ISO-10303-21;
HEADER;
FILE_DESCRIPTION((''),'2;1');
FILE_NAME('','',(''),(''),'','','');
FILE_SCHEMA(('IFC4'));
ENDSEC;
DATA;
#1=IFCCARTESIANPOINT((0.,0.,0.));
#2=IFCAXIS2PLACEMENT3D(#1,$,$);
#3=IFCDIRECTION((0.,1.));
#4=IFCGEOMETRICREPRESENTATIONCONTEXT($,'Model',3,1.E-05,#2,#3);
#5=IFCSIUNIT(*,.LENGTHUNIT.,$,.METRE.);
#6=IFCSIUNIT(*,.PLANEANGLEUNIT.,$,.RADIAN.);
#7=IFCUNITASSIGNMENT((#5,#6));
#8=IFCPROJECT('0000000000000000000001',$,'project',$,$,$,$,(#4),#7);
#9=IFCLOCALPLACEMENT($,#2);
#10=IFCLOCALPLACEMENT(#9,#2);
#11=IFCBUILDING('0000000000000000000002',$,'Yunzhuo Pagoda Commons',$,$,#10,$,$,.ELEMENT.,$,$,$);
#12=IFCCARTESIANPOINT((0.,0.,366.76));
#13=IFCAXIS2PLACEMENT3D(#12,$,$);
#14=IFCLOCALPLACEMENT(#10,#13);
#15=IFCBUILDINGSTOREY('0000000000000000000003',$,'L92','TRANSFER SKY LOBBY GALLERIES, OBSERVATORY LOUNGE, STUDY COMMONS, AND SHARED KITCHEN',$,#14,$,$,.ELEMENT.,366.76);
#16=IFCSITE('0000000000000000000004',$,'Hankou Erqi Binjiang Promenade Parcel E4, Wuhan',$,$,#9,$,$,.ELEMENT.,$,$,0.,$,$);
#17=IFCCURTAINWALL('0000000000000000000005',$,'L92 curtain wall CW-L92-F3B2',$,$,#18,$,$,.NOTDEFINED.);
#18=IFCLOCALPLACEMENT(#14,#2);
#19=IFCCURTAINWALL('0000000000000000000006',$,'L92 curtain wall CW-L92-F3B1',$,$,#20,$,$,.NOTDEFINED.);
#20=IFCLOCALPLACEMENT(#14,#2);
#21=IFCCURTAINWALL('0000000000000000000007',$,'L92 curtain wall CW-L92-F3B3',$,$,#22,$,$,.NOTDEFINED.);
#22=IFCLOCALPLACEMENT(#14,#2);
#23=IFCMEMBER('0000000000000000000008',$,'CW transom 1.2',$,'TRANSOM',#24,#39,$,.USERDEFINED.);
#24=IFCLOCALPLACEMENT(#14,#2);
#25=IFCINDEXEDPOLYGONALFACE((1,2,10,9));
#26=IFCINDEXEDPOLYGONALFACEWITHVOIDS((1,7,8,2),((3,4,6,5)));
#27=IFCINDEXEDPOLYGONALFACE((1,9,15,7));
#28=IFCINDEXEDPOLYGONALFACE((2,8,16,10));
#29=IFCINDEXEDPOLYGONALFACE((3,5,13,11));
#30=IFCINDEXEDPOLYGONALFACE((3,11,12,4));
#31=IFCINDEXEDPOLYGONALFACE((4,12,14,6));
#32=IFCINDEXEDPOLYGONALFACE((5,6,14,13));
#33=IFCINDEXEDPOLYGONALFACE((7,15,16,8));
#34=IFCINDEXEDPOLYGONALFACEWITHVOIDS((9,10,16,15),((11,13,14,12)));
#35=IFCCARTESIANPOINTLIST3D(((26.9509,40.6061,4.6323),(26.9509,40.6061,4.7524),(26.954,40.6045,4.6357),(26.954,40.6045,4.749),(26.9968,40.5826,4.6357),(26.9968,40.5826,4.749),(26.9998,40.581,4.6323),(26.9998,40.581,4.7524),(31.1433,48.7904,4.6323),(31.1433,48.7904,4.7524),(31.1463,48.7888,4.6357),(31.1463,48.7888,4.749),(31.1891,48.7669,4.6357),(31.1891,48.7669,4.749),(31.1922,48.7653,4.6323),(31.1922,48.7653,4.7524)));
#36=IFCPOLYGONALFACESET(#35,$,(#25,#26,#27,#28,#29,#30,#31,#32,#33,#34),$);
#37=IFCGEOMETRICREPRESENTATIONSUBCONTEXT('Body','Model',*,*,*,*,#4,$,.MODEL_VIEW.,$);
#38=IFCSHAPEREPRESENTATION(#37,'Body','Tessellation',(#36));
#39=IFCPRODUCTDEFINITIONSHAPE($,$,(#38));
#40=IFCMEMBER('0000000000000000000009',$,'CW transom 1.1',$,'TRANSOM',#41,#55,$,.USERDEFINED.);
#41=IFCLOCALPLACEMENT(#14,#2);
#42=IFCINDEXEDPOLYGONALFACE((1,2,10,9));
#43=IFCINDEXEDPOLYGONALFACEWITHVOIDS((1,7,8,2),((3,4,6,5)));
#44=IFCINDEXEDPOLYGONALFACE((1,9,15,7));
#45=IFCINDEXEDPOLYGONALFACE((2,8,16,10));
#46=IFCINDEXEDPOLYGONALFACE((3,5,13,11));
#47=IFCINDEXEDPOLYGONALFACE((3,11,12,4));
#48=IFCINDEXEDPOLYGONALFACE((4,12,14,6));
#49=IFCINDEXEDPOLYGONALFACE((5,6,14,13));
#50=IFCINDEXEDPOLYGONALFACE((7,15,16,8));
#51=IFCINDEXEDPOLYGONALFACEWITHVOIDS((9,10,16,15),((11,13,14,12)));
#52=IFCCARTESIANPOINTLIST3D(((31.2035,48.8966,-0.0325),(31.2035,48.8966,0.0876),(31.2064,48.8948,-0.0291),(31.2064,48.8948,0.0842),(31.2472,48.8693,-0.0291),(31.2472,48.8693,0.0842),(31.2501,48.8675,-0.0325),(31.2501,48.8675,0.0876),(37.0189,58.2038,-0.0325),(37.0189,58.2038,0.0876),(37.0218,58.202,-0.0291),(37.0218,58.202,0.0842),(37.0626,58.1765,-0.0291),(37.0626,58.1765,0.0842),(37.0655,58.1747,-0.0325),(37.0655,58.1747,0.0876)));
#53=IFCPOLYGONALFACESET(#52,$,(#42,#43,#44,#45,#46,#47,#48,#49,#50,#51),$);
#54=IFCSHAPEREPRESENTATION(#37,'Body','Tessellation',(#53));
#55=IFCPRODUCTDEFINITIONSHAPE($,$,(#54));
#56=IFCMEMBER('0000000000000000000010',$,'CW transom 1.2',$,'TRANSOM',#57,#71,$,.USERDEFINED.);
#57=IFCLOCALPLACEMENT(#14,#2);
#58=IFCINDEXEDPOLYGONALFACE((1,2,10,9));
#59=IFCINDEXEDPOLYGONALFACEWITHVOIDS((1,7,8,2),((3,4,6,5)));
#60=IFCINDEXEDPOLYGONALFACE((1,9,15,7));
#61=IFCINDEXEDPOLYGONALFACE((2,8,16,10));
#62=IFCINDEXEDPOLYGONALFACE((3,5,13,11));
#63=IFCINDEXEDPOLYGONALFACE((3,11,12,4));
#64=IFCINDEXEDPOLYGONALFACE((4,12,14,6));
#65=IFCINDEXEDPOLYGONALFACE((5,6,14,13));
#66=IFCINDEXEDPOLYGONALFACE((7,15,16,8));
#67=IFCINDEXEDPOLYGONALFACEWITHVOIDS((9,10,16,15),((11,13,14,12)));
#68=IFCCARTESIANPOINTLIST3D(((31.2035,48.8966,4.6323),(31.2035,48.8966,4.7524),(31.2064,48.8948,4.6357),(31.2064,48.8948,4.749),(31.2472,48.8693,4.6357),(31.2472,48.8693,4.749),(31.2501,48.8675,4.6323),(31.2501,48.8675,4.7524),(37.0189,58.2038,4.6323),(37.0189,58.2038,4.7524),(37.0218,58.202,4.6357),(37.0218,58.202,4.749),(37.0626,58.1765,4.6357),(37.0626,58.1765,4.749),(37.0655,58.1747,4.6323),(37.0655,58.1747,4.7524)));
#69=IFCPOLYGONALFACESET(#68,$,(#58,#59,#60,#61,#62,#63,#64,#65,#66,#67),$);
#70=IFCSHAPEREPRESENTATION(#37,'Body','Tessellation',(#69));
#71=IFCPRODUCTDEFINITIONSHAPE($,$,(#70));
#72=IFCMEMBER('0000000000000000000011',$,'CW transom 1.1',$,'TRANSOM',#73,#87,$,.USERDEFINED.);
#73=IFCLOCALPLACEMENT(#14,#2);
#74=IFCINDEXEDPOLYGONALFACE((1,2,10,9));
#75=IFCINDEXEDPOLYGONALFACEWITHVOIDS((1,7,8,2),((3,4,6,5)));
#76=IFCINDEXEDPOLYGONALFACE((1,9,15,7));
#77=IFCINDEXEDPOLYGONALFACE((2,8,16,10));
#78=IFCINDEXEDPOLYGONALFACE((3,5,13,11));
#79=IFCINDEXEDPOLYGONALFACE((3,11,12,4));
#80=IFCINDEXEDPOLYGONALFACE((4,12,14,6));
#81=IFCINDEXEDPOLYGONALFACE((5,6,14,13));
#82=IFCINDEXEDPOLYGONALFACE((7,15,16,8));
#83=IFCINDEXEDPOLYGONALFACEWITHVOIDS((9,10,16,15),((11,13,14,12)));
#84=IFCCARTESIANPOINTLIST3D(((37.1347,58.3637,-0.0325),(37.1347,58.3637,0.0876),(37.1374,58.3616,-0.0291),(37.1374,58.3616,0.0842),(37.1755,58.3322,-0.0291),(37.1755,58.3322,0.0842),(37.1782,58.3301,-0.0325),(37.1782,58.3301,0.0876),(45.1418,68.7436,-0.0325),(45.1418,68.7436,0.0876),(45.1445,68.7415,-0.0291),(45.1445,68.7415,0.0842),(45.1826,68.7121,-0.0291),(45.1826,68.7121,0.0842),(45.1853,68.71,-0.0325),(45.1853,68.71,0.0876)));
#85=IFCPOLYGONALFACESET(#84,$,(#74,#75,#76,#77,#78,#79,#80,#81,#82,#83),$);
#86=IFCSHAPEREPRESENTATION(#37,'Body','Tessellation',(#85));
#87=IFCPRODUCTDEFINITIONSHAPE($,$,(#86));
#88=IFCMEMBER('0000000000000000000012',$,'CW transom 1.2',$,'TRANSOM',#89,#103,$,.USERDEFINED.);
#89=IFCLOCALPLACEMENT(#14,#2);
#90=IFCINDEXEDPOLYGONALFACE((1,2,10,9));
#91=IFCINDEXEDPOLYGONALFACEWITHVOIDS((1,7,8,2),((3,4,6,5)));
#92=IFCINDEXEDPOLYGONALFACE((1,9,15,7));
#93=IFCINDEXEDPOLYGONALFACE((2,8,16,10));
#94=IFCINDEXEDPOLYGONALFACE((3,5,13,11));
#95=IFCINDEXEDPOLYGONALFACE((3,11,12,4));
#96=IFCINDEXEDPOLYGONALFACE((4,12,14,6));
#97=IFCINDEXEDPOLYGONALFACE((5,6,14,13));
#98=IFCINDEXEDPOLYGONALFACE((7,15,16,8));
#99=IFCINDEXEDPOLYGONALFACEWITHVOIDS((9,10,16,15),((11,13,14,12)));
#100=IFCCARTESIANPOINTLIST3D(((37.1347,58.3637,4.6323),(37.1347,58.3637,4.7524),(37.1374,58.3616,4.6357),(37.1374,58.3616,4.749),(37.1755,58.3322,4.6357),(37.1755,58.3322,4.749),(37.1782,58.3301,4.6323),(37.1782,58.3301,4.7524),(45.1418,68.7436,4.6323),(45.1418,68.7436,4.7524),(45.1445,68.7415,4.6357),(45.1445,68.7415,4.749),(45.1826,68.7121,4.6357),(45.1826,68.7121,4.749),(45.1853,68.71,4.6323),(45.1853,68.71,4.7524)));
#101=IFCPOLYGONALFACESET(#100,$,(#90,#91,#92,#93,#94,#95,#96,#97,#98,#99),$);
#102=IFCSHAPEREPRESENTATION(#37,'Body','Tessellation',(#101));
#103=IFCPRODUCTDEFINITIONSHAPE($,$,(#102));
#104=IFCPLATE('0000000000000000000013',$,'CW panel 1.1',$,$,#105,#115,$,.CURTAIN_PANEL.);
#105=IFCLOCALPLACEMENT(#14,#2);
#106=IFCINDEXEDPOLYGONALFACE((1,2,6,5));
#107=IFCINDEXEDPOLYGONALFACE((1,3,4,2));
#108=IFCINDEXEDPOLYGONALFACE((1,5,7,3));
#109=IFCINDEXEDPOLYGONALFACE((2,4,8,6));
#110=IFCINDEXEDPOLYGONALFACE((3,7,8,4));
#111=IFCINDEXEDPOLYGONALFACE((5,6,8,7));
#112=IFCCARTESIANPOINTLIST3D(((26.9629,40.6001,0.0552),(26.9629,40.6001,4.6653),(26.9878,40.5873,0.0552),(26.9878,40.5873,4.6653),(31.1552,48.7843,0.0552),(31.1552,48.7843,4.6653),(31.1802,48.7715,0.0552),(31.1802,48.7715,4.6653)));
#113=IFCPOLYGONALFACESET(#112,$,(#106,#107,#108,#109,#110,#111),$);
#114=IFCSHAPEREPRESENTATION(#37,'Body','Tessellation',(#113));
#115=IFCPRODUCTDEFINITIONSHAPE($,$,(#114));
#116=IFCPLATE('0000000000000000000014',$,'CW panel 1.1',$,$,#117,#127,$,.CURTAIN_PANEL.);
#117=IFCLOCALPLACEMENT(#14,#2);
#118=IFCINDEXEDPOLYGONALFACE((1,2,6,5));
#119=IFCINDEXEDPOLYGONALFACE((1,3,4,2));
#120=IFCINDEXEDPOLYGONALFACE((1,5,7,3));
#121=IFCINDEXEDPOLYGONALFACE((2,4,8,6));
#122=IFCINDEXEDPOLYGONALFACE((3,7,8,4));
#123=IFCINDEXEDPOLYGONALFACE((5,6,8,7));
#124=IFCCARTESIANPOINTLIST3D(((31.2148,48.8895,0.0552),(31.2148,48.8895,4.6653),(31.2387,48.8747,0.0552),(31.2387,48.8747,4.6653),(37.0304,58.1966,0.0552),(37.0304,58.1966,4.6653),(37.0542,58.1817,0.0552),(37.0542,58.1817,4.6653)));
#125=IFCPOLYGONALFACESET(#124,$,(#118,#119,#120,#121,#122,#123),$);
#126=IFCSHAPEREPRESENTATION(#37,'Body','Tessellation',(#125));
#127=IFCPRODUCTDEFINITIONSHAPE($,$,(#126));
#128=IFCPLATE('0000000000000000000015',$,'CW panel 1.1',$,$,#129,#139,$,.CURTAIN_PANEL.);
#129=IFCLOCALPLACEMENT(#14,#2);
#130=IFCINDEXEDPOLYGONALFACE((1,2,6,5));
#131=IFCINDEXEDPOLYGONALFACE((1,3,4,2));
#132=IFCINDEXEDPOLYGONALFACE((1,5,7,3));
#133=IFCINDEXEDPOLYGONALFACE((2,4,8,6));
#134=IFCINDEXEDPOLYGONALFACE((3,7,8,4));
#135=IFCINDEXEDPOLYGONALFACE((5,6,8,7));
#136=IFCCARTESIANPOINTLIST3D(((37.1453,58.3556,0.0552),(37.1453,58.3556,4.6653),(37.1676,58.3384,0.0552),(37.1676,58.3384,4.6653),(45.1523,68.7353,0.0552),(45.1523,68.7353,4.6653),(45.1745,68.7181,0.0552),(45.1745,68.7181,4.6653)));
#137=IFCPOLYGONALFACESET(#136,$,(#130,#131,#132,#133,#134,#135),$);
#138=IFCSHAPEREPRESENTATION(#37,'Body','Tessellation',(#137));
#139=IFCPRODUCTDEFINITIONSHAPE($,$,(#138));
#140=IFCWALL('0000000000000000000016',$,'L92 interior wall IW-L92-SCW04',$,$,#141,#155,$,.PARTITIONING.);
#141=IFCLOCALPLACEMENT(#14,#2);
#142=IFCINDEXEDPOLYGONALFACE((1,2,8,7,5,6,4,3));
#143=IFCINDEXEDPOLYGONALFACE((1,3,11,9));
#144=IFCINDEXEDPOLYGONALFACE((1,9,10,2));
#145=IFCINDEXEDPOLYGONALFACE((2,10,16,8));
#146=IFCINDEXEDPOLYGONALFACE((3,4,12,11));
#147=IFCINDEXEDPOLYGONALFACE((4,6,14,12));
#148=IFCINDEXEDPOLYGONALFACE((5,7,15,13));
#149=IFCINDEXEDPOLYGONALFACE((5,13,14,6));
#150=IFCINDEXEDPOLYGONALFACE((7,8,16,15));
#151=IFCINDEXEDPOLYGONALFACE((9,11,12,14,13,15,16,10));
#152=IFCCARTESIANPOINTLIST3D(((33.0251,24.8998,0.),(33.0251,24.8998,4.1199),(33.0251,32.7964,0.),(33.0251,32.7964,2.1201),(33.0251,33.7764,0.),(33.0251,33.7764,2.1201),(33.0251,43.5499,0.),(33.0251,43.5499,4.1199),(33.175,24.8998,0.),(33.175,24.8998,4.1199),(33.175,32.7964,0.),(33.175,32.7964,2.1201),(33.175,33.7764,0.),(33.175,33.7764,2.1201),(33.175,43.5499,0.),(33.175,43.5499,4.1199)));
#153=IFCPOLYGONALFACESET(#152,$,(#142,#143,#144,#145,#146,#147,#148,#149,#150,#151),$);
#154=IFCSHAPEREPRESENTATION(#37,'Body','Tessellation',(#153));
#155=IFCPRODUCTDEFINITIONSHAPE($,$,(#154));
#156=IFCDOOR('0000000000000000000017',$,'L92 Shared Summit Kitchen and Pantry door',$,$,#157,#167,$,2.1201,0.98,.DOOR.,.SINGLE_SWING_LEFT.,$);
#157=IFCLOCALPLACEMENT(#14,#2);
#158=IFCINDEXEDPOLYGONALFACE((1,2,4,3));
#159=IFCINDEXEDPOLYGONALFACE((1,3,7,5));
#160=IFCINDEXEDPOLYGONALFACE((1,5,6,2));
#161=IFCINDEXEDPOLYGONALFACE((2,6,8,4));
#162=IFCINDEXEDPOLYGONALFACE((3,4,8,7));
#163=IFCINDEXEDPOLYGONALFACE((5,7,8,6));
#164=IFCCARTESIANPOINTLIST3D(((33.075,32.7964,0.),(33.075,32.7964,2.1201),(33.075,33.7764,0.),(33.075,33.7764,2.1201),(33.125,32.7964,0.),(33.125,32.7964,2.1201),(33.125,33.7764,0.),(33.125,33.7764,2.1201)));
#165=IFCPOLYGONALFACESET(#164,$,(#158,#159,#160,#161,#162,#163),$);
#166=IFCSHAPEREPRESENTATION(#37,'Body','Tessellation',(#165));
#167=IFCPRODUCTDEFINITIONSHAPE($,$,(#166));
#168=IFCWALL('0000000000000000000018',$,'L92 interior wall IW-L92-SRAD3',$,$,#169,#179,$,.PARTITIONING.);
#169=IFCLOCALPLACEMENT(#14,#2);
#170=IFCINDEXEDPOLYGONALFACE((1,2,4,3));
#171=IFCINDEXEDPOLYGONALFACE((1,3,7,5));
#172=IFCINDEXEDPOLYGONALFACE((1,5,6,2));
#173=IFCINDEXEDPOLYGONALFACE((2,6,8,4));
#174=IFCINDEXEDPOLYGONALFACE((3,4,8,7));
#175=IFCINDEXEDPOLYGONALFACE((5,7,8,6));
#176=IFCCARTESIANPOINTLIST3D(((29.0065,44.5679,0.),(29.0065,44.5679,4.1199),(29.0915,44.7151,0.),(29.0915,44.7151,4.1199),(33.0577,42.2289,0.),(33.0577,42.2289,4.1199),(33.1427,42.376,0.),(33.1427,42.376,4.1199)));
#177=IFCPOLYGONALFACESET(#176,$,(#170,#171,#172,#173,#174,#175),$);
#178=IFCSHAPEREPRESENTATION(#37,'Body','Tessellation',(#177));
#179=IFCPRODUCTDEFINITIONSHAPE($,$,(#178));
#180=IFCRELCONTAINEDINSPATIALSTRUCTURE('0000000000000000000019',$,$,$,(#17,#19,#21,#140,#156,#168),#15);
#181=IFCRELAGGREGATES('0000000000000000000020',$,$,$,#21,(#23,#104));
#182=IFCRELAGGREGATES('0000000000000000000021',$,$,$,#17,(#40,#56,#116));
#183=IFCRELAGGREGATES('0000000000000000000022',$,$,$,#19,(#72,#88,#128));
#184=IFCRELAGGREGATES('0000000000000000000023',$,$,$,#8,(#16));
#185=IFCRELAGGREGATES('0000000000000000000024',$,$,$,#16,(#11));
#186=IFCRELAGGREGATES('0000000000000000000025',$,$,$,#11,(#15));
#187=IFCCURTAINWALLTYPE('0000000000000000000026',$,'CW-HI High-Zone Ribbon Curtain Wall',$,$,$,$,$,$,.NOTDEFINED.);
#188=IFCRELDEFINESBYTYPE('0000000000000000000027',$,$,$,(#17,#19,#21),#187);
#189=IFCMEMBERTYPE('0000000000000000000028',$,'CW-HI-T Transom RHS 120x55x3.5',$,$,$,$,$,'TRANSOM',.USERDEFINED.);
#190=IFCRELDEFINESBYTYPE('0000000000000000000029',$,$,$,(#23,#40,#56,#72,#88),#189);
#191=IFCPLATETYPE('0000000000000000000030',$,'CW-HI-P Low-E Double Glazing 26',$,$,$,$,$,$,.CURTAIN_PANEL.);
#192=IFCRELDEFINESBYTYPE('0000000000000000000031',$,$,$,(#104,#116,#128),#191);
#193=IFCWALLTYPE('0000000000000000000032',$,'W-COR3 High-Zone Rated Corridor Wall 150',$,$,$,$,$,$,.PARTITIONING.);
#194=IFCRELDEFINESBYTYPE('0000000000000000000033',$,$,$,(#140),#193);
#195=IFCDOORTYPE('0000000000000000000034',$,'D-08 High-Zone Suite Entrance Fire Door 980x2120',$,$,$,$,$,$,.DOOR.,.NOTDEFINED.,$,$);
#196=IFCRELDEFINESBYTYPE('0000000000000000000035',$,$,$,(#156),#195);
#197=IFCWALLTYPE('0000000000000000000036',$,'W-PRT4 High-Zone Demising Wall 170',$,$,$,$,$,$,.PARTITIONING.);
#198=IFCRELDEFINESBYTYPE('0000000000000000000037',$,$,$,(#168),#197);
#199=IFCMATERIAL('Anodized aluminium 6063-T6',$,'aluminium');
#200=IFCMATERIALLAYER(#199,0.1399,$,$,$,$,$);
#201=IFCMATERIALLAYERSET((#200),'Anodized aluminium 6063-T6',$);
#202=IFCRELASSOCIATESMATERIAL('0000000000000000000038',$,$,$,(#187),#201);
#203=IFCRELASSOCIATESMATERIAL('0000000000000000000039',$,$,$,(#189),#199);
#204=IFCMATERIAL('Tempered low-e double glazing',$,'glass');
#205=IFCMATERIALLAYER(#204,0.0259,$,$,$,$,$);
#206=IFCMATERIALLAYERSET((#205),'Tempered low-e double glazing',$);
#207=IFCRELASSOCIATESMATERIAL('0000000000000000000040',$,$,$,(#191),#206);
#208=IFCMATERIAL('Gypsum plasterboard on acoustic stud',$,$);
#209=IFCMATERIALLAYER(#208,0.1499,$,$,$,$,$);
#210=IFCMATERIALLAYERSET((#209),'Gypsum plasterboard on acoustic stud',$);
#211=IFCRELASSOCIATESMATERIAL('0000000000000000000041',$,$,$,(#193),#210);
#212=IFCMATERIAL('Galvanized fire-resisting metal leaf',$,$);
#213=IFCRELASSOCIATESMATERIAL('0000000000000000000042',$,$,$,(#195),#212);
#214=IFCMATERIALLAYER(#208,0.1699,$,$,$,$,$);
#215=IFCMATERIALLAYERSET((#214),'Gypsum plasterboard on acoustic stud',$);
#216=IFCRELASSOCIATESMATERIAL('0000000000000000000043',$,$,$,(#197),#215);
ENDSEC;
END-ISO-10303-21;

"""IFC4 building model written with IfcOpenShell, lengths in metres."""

from ifc_helpers import new_model, si_unit, direction, frame, frame_2d, origin, origin_with_axes, origin_2d, place, context, subcontext, project, spatial, rectangle, hollow_rectangle, extrude, source, transform, mapped, material, layer, layer_set, material_profile, profile_set, type_object, element, fill, aggregate, save


model = new_model("IFC4")

# Units and contexts
model_context = context("Model", 3, precision=1e-05, world=origin(), true_north=direction((0.0, 1.0)))
body_context = subcontext(model_context, "Body", "Model", "MODEL_VIEW")
ifc_project = project(units=[si_unit("LENGTHUNIT", "METRE"), si_unit("PLANEANGLEUNIT", "RADIAN")], contexts=[model_context])

# Site, building, storey
site_placement = place(None, origin())
site = spatial("IfcSite", under=ifc_project, at=site_placement, Name="Hankou Erqi Binjiang Promenade Parcel E4, Wuhan", CompositionType="ELEMENT", RefElevation=0.0)
building_placement = place(site_placement, origin())
building = spatial("IfcBuilding", under=site, at=building_placement, Name="Yunzhuo Pagoda Commons", CompositionType="ELEMENT")
storey_placement = place(building_placement, frame((0.0, 0.0, 366.76)))
storey = spatial("IfcBuildingStorey", under=building, at=storey_placement, Name="L92", Description="TRANSFER SKY LOBBY GALLERIES, OBSERVATORY LOUNGE, STUDY COMMONS, AND SHARED KITCHEN", CompositionType="ELEMENT", Elevation=366.76)

# Curtain walls, member
ifc_material_1 = material(Name="Anodized aluminium 6063-T6", Category="aluminium")
ifc_layer_1 = layer(ifc_material_1, 0.1399)
ifc_layer_set_1 = layer_set([ifc_layer_1], Name="Anodized aluminium 6063-T6")
curtain_wall_type = type_object("IfcCurtainWallType", Name="CW-HI High-Zone Ribbon Curtain Wall", PredefinedType="NOTDEFINED", material=ifc_layer_set_1)
curtain_wall_1_placement = place(storey_placement, origin())
curtain_wall_1 = element("IfcCurtainWall", 1, at=curtain_wall_1_placement, inside=storey, type_object=curtain_wall_type, Name="L92 curtain wall CW-L92-F3B2", PredefinedType="NOTDEFINED")
curtain_wall_2_placement = place(storey_placement, origin())
curtain_wall_2 = element("IfcCurtainWall", 2, at=curtain_wall_2_placement, inside=storey, type_object=curtain_wall_type, Name="L92 curtain wall CW-L92-F3B1", PredefinedType="NOTDEFINED")
curtain_wall_3_placement = place(storey_placement, origin())
curtain_wall_3 = element("IfcCurtainWall", 3, at=curtain_wall_3_placement, inside=storey, type_object=curtain_wall_type, Name="L92 curtain wall CW-L92-F3B3", PredefinedType="NOTDEFINED")
ifc_material_profile_1 = material_profile(ifc_material_1, hollow_rectangle(XDim=0.0549, YDim=0.1201, WallThickness=0.0034, at=origin_2d()), Name="Anodized aluminium 6063-T6")
ifc_profile_set_1 = profile_set([ifc_material_profile_1], Name="Anodized aluminium 6063-T6")
member_type_1 = type_object("IfcMemberType", Name="CW-HI-T Transom RHS 120x55x3.5", ElementType="TRANSOM", PredefinedType="USERDEFINED", material=ifc_profile_set_1)
shared_shape_1 = source(origin(), body_context, "Body", "SweptSolid", [
    extrude(hollow_rectangle(XDim=0.0549, YDim=0.1201, WallThickness=0.0034, at=origin_2d()), origin(), (0.0, 0.0, 1.0), 9.1956),
])
member_1_placement = place(storey_placement, frame((31.1677, 48.7778, 4.6924), z_axis=(-0.455911, -0.890025, 0.0), x_axis=(0.890025, -0.455911, 0.0)))
member_1 = element("IfcMember", 4, at=member_1_placement, type_object=member_type_1, Name="CW transom 1.2", ObjectType="TRANSOM", PredefinedType="USERDEFINED", context=body_context, shape_type="MappedRepresentation", body=[
    mapped(shared_shape_1, transform((0.0, 0.0, 0.0), scale=1.0)),
])

# Members
shared_shape_2 = source(origin(), body_context, "Body", "SweptSolid", [
    extrude(hollow_rectangle(XDim=0.0549, YDim=0.1201, WallThickness=0.0034, at=origin_2d()), origin(), (0.0, 0.0, 1.0), 10.9746),
])
member_2_placement = place(storey_placement, frame((37.0422, 58.1892, 0.0276), z_axis=(-0.529899, -0.848061, 0.0), x_axis=(0.848061, -0.529899, 0.0)))
member_2 = element("IfcMember", 5, at=member_2_placement, type_object=member_type_1, Name="CW transom 1.1", ObjectType="TRANSOM", PredefinedType="USERDEFINED", context=body_context, shape_type="MappedRepresentation", body=[
    mapped(shared_shape_2, transform((0.0, 0.0, 0.0), scale=1.0)),
])
member_3_placement = place(storey_placement, frame((37.0422, 58.1892, 4.6924), z_axis=(-0.529899, -0.848061, 0.0), x_axis=(0.848061, -0.529899, 0.0)))
member_3 = element("IfcMember", 6, at=member_3_placement, type_object=member_type_1, Name="CW transom 1.2", ObjectType="TRANSOM", PredefinedType="USERDEFINED", context=body_context, shape_type="MappedRepresentation", body=[
    mapped(shared_shape_2, transform((0.0, 0.0, 0.0), scale=1.0)),
])
shared_shape_3 = source(origin(), body_context, "Body", "SweptSolid", [
    extrude(hollow_rectangle(XDim=0.0549, YDim=0.1201, WallThickness=0.0034, at=origin_2d()), origin(), (0.0, 0.0, 1.0), 13.1094),
])
member_4_placement = place(storey_placement, frame((45.1636, 68.7268, 0.0276), z_axis=(-0.610791, -0.791792, 0.0), x_axis=(0.791792, -0.610791, 0.0)))
member_4 = element("IfcMember", 7, at=member_4_placement, type_object=member_type_1, Name="CW transom 1.1", ObjectType="TRANSOM", PredefinedType="USERDEFINED", context=body_context, shape_type="MappedRepresentation", body=[
    mapped(shared_shape_3, transform((0.0, 0.0, 0.0), scale=1.0)),
])
member_5_placement = place(storey_placement, frame((45.1636, 68.7268, 4.6924), z_axis=(-0.610791, -0.791792, 0.0), x_axis=(0.791792, -0.610791, 0.0)))
member_5 = element("IfcMember", 8, at=member_5_placement, type_object=member_type_1, Name="CW transom 1.2", ObjectType="TRANSOM", PredefinedType="USERDEFINED", context=body_context, shape_type="MappedRepresentation", body=[
    mapped(shared_shape_3, transform((0.0, 0.0, 0.0), scale=1.0)),
])

# Plates
ifc_material_2 = material(Name="Tempered low-e double glazing", Category="glass")
ifc_layer_2 = layer(ifc_material_2, 0.0259)
ifc_layer_set_2 = layer_set([ifc_layer_2], Name="Tempered low-e double glazing")
plate_type = type_object("IfcPlateType", Name="CW-HI-P Low-E Double Glazing 26", PredefinedType="CURTAIN_PANEL", material=ifc_layer_set_2)
shared_shape_4 = source(origin(), body_context, "Body", "SweptSolid", [
    extrude(rectangle(XDim=9.1956, YDim=0.0281, at=origin_2d()), origin(), (0.0, 0.0, 1.0), 4.6101),
])
plate_1_placement = place(storey_placement, frame((29.0715, 44.6858, 0.0552), z_axis=(0.0, 0.0, 1.0), x_axis=(-0.455913, -0.890024, 0.0)))
plate_1 = element("IfcPlate", 9, at=plate_1_placement, type_object=plate_type, Name="CW panel 1.1", PredefinedType="CURTAIN_PANEL", context=body_context, shape_type="MappedRepresentation", body=[
    mapped(shared_shape_4, transform((0.0, 0.0, 0.0), scale=1.0)),
])
aggregate(curtain_wall_3, [member_1, plate_1])
shared_shape_5 = source(origin(), body_context, "Body", "SweptSolid", [
    extrude(rectangle(XDim=10.9746, YDim=0.0281, at=origin_2d()), origin(), (0.0, 0.0, 1.0), 4.6101),
])
plate_2_placement = place(storey_placement, frame((34.1345, 53.5356, 0.0552), z_axis=(0.0, 0.0, 1.0), x_axis=(-0.529908, -0.848055, 0.0)))
plate_2 = element("IfcPlate", 10, at=plate_2_placement, type_object=plate_type, Name="CW panel 1.1", PredefinedType="CURTAIN_PANEL", context=body_context, shape_type="MappedRepresentation", body=[
    mapped(shared_shape_5, transform((0.0, 0.0, 0.0), scale=1.0)),
])
aggregate(curtain_wall_1, [member_2, member_3, plate_2])
shared_shape_6 = source(origin(), body_context, "Body", "SweptSolid", [
    extrude(rectangle(XDim=13.1091, YDim=0.0281, at=origin_2d()), origin(), (0.0, 0.0, 1.0), 4.6101),
])
plate_3_placement = place(storey_placement, frame((41.1599, 63.5369, 0.0552), z_axis=(0.0, 0.0, 1.0), x_axis=(-0.61079, -0.791793, 0.0)))
plate_3 = element("IfcPlate", 11, at=plate_3_placement, type_object=plate_type, Name="CW panel 1.1", PredefinedType="CURTAIN_PANEL", context=body_context, shape_type="MappedRepresentation", body=[
    mapped(shared_shape_6, transform((0.0, 0.0, 0.0), scale=1.0)),
])
aggregate(curtain_wall_2, [member_4, member_5, plate_3])

# Wall, opening, door
ifc_material_3 = material(Name="Gypsum plasterboard on acoustic stud")
ifc_layer_3 = layer(ifc_material_3, 0.1499)
ifc_layer_set_3 = layer_set([ifc_layer_3], Name="Gypsum plasterboard on acoustic stud")
wall_type_1 = type_object("IfcWallType", Name="W-COR3 High-Zone Rated Corridor Wall 150", PredefinedType="PARTITIONING", material=ifc_layer_set_3)
wall_1_placement = place(storey_placement, frame((33.1001, 43.55, 0.0), z_axis=(0.0, 0.0, 1.0), x_axis=(0.0, -1.0, 0.0)))
wall_1 = element("IfcWall", 12, at=wall_1_placement, inside=storey, type_object=wall_type_1, Name="L92 interior wall IW-L92-SCW04", PredefinedType="PARTITIONING", context=body_context, shape_type="SweptSolid", body=[
    extrude(rectangle(XDim=18.6501, YDim=0.1499, at=frame_2d((9.3252, 0.0))), origin(), (0.0, 0.0, 1.0), 4.1199),
])
opening_placement = place(wall_1_placement, frame((9.7737, 0.0, 0.0)))
opening = element("IfcOpeningElement", 13, at=opening_placement, cuts=wall_1, PredefinedType="OPENING", context=body_context, shape_type="SweptSolid", body=[
    extrude(rectangle(XDim=0.98, YDim=2.1201, at=frame_2d((0.49, 1.0601))), frame((0.0, 0.085, 0.0), z_axis=(0.0, -1.0, 0.0), x_axis=(1.0, 0.0, 0.0)), (0.0, 0.0, 1.0), 0.1699),
])
ifc_material_4 = material(Name="Galvanized fire-resisting metal leaf")
door_type = type_object("IfcDoorType", Name="D-08 High-Zone Suite Entrance Fire Door 980x2120", OperationType="NOTDEFINED", PredefinedType="DOOR", material=ifc_material_4)
shared_shape_7 = source(origin(), body_context, "Body", "SweptSolid", [
    extrude(rectangle(XDim=0.98, YDim=2.1201, at=frame_2d((0.49, 1.0601))), frame((0.0, 0.0249, 0.0), z_axis=(0.0, -1.0, 0.0), x_axis=(1.0, 0.0, 0.0)), (0.0, 0.0, 1.0), 0.05),
])
door_placement = place(opening_placement, origin_with_axes())
door = element("IfcDoor", 14, at=door_placement, inside=storey, type_object=door_type, Name="L92 Shared Summit Kitchen and Pantry door", OperationType="SINGLE_SWING_LEFT", OverallHeight=2.1201, OverallWidth=0.98, PredefinedType="DOOR", context=body_context, shape_type="MappedRepresentation", body=[
    mapped(shared_shape_7, transform((0.0, 0.0, 0.0), scale=1.0)),
])
fill(opening, door)

# Wall
ifc_layer_4 = layer(ifc_material_3, 0.1699)
ifc_layer_set_4 = layer_set([ifc_layer_4], Name="Gypsum plasterboard on acoustic stud")
wall_type_2 = type_object("IfcWallType", Name="W-PRT4 High-Zone Demising Wall 170", PredefinedType="PARTITIONING", material=ifc_layer_set_4)
wall_2_placement = place(storey_placement, frame((33.1001, 42.3025, 0.0), z_axis=(0.0, 0.0, 1.0), x_axis=(-0.866015, 0.500018, 0.0)))
element("IfcWall", 15, at=wall_2_placement, inside=storey, type_object=wall_type_2, Name="L92 interior wall IW-L92-SRAD3", PredefinedType="PARTITIONING", context=body_context, shape_type="SweptSolid", body=[
    extrude(rectangle(XDim=4.678, YDim=0.1699, at=frame_2d((2.3389, 0.0))), origin(), (0.0, 0.0, 1.0), 4.1199),
])

save(model, "model.ifc")
